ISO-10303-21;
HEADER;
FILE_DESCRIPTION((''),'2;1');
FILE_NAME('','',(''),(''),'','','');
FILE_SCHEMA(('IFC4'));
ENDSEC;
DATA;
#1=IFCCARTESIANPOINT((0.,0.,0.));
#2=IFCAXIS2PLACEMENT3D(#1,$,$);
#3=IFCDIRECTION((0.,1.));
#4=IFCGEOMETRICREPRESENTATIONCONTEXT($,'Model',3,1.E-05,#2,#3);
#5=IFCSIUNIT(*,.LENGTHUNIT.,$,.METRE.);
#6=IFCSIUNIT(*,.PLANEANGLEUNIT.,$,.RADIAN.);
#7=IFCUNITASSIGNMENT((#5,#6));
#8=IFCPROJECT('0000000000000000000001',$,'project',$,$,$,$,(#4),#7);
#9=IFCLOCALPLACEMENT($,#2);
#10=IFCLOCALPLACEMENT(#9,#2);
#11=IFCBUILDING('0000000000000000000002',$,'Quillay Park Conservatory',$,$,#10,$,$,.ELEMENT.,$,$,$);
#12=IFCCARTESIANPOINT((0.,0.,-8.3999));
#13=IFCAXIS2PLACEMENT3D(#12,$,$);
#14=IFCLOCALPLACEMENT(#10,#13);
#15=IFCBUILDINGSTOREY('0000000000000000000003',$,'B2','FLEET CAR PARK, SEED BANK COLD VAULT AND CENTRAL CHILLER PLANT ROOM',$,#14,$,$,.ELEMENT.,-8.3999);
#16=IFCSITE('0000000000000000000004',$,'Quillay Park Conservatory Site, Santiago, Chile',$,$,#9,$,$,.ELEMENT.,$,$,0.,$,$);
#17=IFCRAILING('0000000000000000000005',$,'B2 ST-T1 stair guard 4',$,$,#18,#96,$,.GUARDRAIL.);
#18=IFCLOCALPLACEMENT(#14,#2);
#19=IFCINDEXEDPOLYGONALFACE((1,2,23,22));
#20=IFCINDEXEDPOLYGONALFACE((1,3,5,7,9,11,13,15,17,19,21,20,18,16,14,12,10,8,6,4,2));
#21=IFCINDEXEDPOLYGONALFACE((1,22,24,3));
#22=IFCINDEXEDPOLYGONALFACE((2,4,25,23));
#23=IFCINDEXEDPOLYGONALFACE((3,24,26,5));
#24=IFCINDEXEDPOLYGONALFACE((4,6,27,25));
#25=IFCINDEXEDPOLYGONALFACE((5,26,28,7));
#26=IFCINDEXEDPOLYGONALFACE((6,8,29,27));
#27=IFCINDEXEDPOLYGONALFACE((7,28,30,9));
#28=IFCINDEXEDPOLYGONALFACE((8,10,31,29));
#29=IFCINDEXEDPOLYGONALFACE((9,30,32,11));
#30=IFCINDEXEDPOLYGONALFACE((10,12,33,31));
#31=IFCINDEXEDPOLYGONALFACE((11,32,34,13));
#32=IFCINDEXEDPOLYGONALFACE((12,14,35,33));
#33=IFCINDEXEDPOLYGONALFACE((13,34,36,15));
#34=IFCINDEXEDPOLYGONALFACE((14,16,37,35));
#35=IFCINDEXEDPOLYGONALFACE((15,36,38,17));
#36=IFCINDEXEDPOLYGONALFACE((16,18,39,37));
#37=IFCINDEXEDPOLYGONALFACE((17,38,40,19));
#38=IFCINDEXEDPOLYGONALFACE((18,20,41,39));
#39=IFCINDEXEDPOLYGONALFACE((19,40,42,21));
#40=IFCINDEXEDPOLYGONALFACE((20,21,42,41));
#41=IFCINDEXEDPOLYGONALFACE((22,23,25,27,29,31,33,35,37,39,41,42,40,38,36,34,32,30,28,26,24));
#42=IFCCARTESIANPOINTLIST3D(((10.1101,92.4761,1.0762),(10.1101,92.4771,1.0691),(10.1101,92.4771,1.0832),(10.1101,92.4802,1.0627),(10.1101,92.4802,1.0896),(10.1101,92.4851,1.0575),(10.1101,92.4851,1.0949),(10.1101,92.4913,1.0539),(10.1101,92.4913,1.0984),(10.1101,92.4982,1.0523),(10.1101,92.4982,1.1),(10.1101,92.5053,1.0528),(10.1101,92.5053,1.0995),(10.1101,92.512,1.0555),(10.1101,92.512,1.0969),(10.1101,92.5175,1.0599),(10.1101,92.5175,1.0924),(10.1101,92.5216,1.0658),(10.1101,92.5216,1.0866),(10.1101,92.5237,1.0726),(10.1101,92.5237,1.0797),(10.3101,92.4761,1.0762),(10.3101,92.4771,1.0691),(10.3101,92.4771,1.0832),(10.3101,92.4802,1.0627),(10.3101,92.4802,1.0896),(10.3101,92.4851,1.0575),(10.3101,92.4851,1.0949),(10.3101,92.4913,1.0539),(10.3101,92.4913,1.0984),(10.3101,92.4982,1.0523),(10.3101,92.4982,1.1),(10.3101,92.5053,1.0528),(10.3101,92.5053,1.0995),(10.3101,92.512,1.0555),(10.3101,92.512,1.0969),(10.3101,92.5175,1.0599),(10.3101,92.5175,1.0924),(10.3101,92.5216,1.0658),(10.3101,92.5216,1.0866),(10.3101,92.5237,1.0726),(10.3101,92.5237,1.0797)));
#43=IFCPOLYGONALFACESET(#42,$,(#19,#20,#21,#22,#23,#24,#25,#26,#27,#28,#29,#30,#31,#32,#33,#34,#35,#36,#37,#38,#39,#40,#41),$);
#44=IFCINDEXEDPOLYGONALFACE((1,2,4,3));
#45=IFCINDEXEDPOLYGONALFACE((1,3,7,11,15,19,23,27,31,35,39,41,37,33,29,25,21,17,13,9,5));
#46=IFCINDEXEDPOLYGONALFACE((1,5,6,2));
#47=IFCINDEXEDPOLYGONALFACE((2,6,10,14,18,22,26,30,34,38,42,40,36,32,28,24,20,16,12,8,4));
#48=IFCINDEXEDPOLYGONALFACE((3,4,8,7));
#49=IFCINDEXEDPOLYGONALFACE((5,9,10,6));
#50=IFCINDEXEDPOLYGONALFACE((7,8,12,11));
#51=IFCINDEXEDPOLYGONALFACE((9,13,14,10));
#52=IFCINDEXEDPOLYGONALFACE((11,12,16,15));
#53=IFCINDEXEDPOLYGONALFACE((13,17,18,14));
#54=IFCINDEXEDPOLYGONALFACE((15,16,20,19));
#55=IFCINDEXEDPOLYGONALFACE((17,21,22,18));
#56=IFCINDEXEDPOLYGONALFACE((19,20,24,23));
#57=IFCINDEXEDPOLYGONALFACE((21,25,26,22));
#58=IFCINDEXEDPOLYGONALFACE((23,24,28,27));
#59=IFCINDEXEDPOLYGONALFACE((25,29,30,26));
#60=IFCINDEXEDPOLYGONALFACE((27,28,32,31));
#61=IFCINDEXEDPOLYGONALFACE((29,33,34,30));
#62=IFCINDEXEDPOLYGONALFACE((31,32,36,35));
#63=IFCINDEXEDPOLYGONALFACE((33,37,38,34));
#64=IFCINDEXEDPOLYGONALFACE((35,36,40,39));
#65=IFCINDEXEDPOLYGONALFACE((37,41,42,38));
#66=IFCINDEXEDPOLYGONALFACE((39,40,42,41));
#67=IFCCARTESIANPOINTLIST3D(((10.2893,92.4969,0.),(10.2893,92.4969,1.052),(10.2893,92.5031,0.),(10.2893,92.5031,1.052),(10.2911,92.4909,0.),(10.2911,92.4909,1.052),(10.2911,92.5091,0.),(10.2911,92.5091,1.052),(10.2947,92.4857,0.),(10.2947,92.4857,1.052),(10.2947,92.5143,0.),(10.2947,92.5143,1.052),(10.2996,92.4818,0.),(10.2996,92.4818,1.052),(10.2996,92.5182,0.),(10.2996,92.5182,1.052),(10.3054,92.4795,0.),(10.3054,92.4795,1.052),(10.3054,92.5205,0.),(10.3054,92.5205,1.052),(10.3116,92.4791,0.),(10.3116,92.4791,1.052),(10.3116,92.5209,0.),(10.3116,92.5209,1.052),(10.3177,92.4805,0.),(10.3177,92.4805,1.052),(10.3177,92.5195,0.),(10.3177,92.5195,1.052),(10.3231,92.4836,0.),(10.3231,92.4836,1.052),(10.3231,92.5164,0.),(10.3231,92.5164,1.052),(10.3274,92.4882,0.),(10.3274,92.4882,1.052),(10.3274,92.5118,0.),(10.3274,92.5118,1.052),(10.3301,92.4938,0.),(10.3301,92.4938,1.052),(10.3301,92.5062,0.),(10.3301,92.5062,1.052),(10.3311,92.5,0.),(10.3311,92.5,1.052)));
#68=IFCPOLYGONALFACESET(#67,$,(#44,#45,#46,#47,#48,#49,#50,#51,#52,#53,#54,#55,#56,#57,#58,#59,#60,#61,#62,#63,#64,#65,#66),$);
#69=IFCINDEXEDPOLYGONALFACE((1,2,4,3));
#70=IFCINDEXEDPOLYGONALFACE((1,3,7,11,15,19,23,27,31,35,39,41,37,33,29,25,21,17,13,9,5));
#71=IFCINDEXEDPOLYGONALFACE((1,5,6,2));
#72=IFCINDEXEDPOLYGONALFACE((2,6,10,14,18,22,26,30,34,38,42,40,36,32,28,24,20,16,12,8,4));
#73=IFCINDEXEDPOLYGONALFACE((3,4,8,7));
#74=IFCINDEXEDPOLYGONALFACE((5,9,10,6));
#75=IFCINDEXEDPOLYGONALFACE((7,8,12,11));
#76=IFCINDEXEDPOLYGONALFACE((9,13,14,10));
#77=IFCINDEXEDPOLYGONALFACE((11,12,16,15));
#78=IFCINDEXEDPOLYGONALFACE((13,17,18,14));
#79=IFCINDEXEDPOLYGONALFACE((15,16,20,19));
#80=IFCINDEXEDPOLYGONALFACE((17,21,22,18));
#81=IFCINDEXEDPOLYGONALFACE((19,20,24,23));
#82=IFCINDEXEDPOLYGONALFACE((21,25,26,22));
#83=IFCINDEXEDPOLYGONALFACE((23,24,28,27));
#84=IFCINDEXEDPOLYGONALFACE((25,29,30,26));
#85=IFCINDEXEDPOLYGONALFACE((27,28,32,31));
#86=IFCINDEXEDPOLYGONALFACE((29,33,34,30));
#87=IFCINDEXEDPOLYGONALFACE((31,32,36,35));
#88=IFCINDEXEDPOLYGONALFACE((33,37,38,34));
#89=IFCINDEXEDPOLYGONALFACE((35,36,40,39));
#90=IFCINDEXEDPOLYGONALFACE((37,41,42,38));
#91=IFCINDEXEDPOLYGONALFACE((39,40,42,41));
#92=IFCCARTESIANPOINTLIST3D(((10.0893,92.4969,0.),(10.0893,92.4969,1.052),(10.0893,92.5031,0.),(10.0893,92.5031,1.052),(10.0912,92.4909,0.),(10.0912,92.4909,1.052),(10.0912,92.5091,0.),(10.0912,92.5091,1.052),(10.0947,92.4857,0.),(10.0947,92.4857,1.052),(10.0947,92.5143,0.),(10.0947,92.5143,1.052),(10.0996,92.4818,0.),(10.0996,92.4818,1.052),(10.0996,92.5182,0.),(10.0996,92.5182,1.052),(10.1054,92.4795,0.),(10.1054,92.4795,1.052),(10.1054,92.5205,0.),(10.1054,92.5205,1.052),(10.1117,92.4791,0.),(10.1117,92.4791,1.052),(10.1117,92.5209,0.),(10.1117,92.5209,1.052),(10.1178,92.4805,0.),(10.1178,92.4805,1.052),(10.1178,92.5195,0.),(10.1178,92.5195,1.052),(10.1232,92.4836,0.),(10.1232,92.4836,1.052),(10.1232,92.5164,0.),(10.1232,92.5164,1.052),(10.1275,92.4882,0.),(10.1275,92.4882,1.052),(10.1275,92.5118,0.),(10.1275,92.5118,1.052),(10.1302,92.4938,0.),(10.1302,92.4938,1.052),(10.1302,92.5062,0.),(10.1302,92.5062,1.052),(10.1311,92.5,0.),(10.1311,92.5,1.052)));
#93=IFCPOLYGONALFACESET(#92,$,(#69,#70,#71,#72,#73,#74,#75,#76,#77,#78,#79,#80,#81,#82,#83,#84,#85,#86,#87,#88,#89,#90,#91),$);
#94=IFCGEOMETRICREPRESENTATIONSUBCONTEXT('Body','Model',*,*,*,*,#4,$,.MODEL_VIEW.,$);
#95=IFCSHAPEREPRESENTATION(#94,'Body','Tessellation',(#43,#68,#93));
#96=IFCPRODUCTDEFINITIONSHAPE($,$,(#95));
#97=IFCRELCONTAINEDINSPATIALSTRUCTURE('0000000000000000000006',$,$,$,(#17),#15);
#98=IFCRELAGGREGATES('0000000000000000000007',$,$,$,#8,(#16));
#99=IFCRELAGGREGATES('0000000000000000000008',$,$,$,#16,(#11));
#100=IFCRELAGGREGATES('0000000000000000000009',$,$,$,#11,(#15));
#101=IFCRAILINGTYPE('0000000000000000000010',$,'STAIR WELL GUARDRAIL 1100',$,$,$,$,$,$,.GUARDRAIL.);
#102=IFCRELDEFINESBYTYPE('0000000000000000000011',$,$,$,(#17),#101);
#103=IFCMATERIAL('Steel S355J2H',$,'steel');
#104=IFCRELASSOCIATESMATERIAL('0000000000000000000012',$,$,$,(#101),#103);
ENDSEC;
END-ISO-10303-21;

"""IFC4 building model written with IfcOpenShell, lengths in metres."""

from ifc_helpers import new_model, si_unit, direction, frame, origin, origin_2d, place, context, subcontext, project, spatial, circle, extrude, material, type_object, element, save


model = new_model("IFC4")

# Units and contexts
model_context = context("Model", 3, precision=1e-05, world=origin(), true_north=direction((0.0, 1.0)))
body_context = subcontext(model_context, "Body", "Model", "MODEL_VIEW")
ifc_project = project(units=[si_unit("LENGTHUNIT", "METRE"), si_unit("PLANEANGLEUNIT", "RADIAN")], contexts=[model_context])

# Site, building, storey
site_placement = place(None, origin())
site = spatial("IfcSite", under=ifc_project, at=site_placement, Name="Quillay Park Conservatory Site, Santiago, Chile", CompositionType="ELEMENT", RefElevation=0.0)
building_placement = place(site_placement, origin())
building = spatial("IfcBuilding", under=site, at=building_placement, Name="Quillay Park Conservatory", CompositionType="ELEMENT")
storey_placement = place(building_placement, frame((0.0, 0.0, -8.3999)))
storey = spatial("IfcBuildingStorey", under=building, at=storey_placement, Name="B2", Description="FLEET CAR PARK, SEED BANK COLD VAULT AND CENTRAL CHILLER PLANT ROOM", CompositionType="ELEMENT", Elevation=-8.3999)

# Railing
ifc_material_1 = material(Name="Steel S355J2H", Category="steel")
railing_type_1 = type_object("IfcRailingType", Name="STAIR WELL GUARDRAIL 1100", PredefinedType="GUARDRAIL", material=ifc_material_1)
railing_1_placement = place(storey_placement, frame((10.3101, 92.5, 0.0)))
element("IfcRailing", 1, at=railing_1_placement, inside=storey, type_object=railing_type_1, Name="B2 ST-T1 stair guard 4", PredefinedType="GUARDRAIL", context=body_context, shape_type="SweptSolid", body=[
    extrude(circle(Radius=0.0239, at=origin_2d()), frame((0.0, 0.0, 1.0762), z_axis=(-1.0, 0.0, 0.0), x_axis=(0.0, -1.0, 0.0)), (0.0, 0.0, 1.0), 0.2),
    extrude(circle(Radius=0.021, at=origin_2d()), origin(), (0.0, 0.0, 1.0), 1.052),
    extrude(circle(Radius=0.021, at=origin_2d()), frame((-0.2, 0.0, 0.0)), (0.0, 0.0, 1.0), 1.052),
])

save(model, "model.ifc")
